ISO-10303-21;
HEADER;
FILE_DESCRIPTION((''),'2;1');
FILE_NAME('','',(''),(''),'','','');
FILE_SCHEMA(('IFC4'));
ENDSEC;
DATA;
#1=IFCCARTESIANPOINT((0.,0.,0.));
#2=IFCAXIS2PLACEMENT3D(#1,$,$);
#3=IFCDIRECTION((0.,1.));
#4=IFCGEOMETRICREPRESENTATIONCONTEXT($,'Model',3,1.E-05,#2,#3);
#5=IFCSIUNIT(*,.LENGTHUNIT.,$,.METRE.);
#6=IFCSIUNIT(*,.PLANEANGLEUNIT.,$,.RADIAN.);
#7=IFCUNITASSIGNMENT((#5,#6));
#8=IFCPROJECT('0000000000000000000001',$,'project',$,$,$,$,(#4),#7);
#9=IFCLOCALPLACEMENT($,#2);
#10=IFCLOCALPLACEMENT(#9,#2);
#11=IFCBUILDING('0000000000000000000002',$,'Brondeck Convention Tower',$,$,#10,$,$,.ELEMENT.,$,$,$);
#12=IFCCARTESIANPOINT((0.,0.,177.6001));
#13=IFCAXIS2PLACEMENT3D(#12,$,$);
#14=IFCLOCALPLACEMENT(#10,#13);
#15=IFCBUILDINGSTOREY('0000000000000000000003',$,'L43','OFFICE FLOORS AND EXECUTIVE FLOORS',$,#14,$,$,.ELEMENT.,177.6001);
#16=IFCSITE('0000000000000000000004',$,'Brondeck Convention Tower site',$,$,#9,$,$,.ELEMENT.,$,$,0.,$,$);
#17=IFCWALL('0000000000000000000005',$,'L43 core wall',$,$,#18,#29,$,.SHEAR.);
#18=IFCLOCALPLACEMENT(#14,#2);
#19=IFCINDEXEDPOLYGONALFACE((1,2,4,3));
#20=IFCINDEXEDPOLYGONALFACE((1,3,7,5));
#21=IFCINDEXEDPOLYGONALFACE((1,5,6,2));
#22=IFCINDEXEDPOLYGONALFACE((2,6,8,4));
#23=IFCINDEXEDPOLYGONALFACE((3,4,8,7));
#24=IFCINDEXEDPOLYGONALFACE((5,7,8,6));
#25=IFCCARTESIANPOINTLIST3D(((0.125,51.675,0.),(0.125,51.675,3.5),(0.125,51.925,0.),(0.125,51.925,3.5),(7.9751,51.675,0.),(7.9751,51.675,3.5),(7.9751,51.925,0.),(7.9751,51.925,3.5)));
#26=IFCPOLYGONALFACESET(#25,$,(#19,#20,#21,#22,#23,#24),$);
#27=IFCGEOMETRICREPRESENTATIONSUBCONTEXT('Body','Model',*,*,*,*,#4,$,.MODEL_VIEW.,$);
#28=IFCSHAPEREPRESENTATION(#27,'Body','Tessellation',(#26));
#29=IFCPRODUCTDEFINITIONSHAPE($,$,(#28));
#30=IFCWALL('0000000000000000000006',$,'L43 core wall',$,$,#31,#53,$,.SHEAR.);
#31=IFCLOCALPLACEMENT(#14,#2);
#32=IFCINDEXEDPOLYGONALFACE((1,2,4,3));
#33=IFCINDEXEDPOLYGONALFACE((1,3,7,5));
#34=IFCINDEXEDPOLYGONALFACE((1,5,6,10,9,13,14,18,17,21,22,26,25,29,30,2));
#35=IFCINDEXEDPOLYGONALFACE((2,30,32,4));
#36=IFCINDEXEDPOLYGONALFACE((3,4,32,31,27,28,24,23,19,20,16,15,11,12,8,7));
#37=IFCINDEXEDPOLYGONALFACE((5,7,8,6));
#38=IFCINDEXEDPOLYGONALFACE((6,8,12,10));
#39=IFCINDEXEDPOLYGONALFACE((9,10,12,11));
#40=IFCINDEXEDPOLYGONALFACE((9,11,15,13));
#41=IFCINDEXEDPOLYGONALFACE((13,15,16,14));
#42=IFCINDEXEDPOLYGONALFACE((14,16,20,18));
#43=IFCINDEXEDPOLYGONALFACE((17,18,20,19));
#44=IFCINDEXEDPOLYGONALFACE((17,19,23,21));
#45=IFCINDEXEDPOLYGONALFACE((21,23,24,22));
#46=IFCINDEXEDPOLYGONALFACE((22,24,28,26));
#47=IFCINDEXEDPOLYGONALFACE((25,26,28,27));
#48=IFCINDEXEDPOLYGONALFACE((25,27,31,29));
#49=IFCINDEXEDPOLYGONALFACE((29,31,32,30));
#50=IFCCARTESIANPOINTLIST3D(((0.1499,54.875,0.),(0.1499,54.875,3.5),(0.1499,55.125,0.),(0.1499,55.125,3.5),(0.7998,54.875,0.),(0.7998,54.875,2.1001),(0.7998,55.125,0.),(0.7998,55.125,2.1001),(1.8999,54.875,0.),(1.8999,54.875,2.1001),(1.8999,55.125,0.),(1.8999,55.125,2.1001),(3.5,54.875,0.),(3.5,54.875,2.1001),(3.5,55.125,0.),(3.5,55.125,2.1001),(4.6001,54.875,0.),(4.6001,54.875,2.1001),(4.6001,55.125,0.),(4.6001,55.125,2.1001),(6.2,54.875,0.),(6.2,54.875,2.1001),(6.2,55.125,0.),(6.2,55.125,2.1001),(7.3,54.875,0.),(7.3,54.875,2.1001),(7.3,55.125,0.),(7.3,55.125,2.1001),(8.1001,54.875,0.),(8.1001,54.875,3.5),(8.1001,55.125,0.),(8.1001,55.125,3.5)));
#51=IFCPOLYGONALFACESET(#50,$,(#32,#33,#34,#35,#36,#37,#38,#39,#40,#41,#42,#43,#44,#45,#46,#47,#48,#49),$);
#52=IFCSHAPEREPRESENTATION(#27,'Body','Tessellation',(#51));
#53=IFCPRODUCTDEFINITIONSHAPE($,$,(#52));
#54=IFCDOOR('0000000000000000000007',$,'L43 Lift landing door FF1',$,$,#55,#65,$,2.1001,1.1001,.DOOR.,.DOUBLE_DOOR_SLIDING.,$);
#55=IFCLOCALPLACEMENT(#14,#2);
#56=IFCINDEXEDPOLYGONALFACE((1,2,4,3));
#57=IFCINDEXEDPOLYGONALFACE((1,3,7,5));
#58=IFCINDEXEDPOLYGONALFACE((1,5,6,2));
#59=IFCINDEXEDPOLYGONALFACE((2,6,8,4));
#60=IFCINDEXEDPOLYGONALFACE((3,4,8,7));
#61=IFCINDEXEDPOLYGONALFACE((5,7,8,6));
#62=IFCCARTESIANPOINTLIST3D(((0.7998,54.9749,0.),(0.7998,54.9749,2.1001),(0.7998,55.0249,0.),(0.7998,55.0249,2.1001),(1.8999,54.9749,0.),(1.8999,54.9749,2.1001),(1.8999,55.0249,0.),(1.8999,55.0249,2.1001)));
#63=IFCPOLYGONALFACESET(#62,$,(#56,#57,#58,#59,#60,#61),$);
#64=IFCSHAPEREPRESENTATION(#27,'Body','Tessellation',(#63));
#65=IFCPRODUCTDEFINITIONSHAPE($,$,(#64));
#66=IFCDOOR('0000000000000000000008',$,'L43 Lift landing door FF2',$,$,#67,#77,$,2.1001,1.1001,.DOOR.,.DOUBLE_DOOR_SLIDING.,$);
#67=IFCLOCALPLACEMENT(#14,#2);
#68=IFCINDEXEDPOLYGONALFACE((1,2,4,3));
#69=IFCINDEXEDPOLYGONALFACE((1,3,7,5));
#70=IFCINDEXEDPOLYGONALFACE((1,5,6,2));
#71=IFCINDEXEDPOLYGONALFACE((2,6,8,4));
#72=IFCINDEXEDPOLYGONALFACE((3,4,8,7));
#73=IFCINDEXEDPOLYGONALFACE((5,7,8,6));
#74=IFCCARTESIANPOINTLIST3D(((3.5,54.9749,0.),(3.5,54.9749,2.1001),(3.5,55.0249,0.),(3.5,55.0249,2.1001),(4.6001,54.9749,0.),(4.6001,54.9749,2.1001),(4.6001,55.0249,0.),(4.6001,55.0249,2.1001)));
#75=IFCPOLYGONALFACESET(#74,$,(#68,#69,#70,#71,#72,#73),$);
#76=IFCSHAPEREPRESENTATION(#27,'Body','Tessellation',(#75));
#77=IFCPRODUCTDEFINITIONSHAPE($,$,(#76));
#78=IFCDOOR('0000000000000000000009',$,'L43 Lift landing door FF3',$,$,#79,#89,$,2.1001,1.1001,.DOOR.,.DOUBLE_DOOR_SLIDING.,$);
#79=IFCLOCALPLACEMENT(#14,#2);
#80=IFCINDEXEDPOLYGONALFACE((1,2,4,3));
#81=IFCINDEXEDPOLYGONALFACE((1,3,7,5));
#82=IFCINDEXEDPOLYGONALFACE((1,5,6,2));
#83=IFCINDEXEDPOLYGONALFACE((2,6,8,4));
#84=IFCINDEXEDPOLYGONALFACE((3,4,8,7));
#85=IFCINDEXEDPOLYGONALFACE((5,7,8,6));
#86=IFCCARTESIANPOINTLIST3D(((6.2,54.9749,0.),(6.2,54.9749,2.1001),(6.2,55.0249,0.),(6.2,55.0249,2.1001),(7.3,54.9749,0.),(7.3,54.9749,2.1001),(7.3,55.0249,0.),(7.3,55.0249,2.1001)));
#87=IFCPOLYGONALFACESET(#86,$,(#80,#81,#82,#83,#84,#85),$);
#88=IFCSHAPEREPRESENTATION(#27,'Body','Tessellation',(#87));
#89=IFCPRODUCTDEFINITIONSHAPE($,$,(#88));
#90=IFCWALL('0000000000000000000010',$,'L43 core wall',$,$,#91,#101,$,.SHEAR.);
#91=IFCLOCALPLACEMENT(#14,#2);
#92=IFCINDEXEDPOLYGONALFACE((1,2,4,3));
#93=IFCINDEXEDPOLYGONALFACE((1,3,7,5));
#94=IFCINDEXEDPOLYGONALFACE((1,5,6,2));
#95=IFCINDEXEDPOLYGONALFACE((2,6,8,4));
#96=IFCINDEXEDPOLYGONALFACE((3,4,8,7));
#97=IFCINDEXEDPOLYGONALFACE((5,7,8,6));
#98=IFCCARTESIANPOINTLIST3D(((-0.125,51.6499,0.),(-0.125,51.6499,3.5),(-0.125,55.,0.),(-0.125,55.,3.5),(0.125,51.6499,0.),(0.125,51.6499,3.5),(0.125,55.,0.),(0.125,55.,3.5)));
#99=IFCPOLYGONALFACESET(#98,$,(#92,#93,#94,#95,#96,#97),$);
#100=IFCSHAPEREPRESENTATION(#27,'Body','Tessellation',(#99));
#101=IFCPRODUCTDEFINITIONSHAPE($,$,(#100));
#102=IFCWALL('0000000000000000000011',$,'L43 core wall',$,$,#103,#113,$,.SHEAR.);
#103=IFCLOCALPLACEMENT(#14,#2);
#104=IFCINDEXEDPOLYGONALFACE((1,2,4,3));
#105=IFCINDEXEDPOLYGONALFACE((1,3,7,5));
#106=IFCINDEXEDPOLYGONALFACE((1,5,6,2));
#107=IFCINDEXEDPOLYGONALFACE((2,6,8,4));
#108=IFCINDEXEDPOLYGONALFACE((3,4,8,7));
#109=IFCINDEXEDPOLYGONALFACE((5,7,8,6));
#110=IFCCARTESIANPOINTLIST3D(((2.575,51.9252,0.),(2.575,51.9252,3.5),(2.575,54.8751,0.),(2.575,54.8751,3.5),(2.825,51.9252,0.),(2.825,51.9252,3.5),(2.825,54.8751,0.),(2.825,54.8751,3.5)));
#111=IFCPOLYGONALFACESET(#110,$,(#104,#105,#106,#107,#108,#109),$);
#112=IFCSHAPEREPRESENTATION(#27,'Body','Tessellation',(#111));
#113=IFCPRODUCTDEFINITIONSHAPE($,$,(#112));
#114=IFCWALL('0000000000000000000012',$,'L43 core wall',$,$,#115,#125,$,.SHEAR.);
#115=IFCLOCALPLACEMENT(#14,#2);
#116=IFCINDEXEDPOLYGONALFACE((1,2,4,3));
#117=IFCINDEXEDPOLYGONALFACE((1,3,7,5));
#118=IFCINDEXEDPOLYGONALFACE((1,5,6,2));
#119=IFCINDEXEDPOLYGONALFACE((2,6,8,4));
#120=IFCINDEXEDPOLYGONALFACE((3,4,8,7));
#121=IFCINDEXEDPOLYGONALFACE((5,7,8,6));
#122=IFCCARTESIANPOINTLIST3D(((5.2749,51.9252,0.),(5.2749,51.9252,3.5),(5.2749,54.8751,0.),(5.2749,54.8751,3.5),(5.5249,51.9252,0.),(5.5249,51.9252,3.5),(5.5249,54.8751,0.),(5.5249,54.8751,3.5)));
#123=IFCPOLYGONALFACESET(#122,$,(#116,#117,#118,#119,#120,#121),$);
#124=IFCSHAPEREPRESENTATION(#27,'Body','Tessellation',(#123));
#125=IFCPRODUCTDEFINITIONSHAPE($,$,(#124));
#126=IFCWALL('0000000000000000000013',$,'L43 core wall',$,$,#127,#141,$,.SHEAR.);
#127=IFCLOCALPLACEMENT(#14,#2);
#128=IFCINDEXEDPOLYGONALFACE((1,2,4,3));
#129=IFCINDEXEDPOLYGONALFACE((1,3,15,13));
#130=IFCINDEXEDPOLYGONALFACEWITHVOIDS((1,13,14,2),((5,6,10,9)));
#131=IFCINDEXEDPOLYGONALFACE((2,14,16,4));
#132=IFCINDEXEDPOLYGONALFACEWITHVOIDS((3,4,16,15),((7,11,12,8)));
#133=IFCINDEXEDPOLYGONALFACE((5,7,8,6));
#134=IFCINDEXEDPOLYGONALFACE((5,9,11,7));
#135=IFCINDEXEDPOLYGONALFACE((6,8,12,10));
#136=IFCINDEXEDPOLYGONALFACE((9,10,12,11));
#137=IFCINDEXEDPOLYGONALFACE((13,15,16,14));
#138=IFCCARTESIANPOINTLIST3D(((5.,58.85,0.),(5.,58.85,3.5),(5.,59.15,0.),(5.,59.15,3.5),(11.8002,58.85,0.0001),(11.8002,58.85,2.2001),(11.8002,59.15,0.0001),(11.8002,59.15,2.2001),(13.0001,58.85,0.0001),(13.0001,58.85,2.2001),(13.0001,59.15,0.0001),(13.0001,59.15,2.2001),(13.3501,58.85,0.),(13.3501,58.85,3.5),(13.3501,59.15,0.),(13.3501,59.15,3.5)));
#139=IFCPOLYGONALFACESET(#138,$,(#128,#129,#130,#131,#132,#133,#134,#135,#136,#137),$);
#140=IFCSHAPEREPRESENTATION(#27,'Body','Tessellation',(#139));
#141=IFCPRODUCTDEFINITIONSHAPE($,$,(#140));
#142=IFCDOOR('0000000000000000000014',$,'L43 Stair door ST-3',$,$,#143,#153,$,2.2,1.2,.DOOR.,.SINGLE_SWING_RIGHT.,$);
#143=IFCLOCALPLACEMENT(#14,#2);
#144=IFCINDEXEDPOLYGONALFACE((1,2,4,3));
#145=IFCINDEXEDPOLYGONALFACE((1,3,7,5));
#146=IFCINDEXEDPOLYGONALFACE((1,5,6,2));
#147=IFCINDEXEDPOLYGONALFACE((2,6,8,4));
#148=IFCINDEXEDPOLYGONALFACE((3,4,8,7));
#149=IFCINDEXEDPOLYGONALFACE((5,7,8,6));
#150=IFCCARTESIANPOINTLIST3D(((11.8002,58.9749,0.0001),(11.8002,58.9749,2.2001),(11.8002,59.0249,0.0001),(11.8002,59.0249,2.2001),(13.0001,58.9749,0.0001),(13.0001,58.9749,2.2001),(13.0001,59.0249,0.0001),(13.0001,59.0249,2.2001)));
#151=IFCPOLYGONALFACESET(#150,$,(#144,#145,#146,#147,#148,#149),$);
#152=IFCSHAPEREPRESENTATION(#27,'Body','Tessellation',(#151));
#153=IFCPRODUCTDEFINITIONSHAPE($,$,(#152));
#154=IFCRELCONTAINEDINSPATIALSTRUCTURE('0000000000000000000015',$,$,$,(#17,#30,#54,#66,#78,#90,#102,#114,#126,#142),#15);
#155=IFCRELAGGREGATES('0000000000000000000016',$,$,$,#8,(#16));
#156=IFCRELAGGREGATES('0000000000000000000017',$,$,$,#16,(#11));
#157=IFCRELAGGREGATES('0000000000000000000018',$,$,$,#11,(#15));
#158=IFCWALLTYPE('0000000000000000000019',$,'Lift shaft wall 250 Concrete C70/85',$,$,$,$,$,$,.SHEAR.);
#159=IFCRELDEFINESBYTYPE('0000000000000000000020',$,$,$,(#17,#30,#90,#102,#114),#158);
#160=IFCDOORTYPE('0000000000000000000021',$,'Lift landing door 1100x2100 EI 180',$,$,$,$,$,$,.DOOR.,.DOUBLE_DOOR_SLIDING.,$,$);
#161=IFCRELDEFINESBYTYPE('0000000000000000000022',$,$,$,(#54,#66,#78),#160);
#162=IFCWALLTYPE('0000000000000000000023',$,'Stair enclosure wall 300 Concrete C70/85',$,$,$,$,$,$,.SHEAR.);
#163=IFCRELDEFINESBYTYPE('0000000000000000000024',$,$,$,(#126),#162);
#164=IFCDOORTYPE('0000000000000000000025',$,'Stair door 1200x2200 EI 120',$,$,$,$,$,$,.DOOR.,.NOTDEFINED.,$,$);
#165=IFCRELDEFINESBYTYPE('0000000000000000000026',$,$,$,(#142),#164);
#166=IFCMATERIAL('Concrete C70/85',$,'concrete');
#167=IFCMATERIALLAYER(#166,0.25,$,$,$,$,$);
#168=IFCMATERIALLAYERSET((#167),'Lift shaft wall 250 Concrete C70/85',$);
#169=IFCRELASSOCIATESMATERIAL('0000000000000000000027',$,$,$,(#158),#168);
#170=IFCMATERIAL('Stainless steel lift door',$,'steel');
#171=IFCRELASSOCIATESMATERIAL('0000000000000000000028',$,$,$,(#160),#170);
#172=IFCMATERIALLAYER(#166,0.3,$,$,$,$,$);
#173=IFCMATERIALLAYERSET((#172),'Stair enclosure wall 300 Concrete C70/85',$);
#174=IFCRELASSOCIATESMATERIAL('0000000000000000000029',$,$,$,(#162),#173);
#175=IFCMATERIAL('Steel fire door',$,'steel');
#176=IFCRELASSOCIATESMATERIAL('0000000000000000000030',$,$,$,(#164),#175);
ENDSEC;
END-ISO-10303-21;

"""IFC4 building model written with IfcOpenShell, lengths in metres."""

from ifc_helpers import new_model, si_unit, direction, frame, frame_2d, origin, place, context, subcontext, project, spatial, rectangle, extrude, material, layer, layer_set, type_object, element, fill, save


model = new_model("IFC4")

# Units and contexts
model_context = context("Model", 3, precision=1e-05, world=origin(), true_north=direction((0.0, 1.0)))
body_context = subcontext(model_context, "Body", "Model", "MODEL_VIEW")
ifc_project = project(units=[si_unit("LENGTHUNIT", "METRE"), si_unit("PLANEANGLEUNIT", "RADIAN")], contexts=[model_context])

# Site, building, storey
site_placement = place(None, origin())
site = spatial("IfcSite", under=ifc_project, at=site_placement, Name="Brondeck Convention Tower site", CompositionType="ELEMENT", RefElevation=0.0)
building_placement = place(site_placement, origin())
building = spatial("IfcBuilding", under=site, at=building_placement, Name="Brondeck Convention Tower", CompositionType="ELEMENT")
storey_placement = place(building_placement, frame((0.0, 0.0, 177.6001)))
storey = spatial("IfcBuildingStorey", under=building, at=storey_placement, Name="L43", Description="OFFICE FLOORS AND EXECUTIVE FLOORS", CompositionType="ELEMENT", Elevation=177.6001)

# Shared definitions
ifc_material_1 = material(Name="Concrete C70/85", Category="concrete")

# Wall
ifc_layer_1 = layer(ifc_material_1, 0.25)
ifc_layer_set_1 = layer_set([ifc_layer_1], Name="Lift shaft wall 250 Concrete C70/85")
wall_type_1 = type_object("IfcWallType", Name="Lift shaft wall 250 Concrete C70/85", PredefinedType="SHEAR", material=ifc_layer_set_1)
for number, where, z_axis, x_axis, name in (
    (1, (0.125, 51.8, 0.0), (0.0, 0.0, 1.0), (1.0, 0.0, 0.0), "L43 core wall"),
):
    element("IfcWall", number, at=place(storey_placement, frame(where, z_axis=z_axis, x_axis=x_axis)), inside=storey, type_object=wall_type_1, Name=name, PredefinedType="SHEAR", context=body_context, shape_type="SweptSolid", body=[
        extrude(rectangle(XDim=7.8501, YDim=0.25, at=frame_2d((3.925, 0.0))), origin(), (0.0, 0.0, 1.0), 3.5),
    ])

# Wall, openings, doors
wall_1_placement = place(storey_placement, frame((0.1499, 55.0, 0.0), z_axis=(0.0, 0.0, 1.0), x_axis=(1.0, 0.0, 0.0)))
wall_1 = element("IfcWall", 2, at=wall_1_placement, inside=storey, type_object=wall_type_1, Name="L43 core wall", PredefinedType="SHEAR", context=body_context, shape_type="SweptSolid", body=[
    extrude(rectangle(XDim=7.9502, YDim=0.25, at=frame_2d((3.9751, 0.0))), origin(), (0.0, 0.0, 1.0), 3.5),
])
opening_1_placement = place(wall_1_placement, frame((0.6499, 0.0, 0.0)))
opening_1 = element("IfcOpeningElement", 3, at=opening_1_placement, cuts=wall_1, PredefinedType="OPENING", context=body_context, shape_type="SweptSolid", body=[
    extrude(rectangle(XDim=1.1001, YDim=2.1001, at=frame_2d((0.55, 1.05))), frame((0.0, 0.135, 0.0), z_axis=(0.0, -1.0, 0.0), x_axis=(1.0, 0.0, 0.0)), (0.0, 0.0, 1.0), 0.27),
])
opening_2_placement = place(wall_1_placement, frame((3.3501, 0.0, 0.0)))
opening_2 = element("IfcOpeningElement", 4, at=opening_2_placement, cuts=wall_1, PredefinedType="OPENING", context=body_context, shape_type="SweptSolid", body=[
    extrude(rectangle(XDim=1.1001, YDim=2.1001, at=frame_2d((0.55, 1.05))), frame((0.0, 0.135, 0.0), z_axis=(0.0, -1.0, 0.0), x_axis=(1.0, 0.0, 0.0)), (0.0, 0.0, 1.0), 0.27),
])
opening_3_placement = place(wall_1_placement, frame((6.05, 0.0, 0.0)))
opening_3 = element("IfcOpeningElement", 5, at=opening_3_placement, cuts=wall_1, PredefinedType="OPENING", context=body_context, shape_type="SweptSolid", body=[
    extrude(rectangle(XDim=1.1001, YDim=2.1001, at=frame_2d((0.55, 1.05))), frame((0.0, 0.135, 0.0), z_axis=(0.0, -1.0, 0.0), x_axis=(1.0, 0.0, 0.0)), (0.0, 0.0, 1.0), 0.27),
])
ifc_material_2 = material(Name="Stainless steel lift door", Category="steel")
door_type_1 = type_object("IfcDoorType", Name="Lift landing door 1100x2100 EI 180", OperationType="DOUBLE_DOOR_SLIDING", PredefinedType="DOOR", material=ifc_material_2)
door_1_placement = place(opening_1_placement, origin())
door_1 = element("IfcDoor", 6, at=door_1_placement, inside=storey, type_object=door_type_1, Name="L43 Lift landing door FF1", OperationType="DOUBLE_DOOR_SLIDING", OverallHeight=2.1001, OverallWidth=1.1001, PredefinedType="DOOR", context=body_context, shape_type="SweptSolid", body=[
    extrude(rectangle(XDim=1.1001, YDim=2.1001, at=frame_2d((0.55, 1.05))), frame((0.0, 0.0249, 0.0), z_axis=(0.0, -1.0, 0.0), x_axis=(1.0, 0.0, 0.0)), (0.0, 0.0, 1.0), 0.05),
])
fill(opening_1, door_1)
door_2_placement = place(opening_2_placement, origin())
door_2 = element("IfcDoor", 7, at=door_2_placement, inside=storey, type_object=door_type_1, Name="L43 Lift landing door FF2", OperationType="DOUBLE_DOOR_SLIDING", OverallHeight=2.1001, OverallWidth=1.1001, PredefinedType="DOOR", context=body_context, shape_type="SweptSolid", body=[
    extrude(rectangle(XDim=1.1001, YDim=2.1001, at=frame_2d((0.55, 1.05))), frame((0.0, 0.0249, 0.0), z_axis=(0.0, -1.0, 0.0), x_axis=(1.0, 0.0, 0.0)), (0.0, 0.0, 1.0), 0.05),
])
fill(opening_2, door_2)
door_3_placement = place(opening_3_placement, origin())
door_3 = element("IfcDoor", 8, at=door_3_placement, inside=storey, type_object=door_type_1, Name="L43 Lift landing door FF3", OperationType="DOUBLE_DOOR_SLIDING", OverallHeight=2.1001, OverallWidth=1.1001, PredefinedType="DOOR", context=body_context, shape_type="SweptSolid", body=[
    extrude(rectangle(XDim=1.1001, YDim=2.1001, at=frame_2d((0.55, 1.05))), frame((0.0, 0.0249, 0.0), z_axis=(0.0, -1.0, 0.0), x_axis=(1.0, 0.0, 0.0)), (0.0, 0.0, 1.0), 0.05),
])
fill(opening_3, door_3)

# Walls
wall_2_placement = place(storey_placement, frame((0.0, 51.6499, 0.0), z_axis=(0.0, 0.0, 1.0), x_axis=(0.0, 1.0, 0.0)))
element("IfcWall", 9, at=wall_2_placement, inside=storey, type_object=wall_type_1, Name="L43 core wall", PredefinedType="SHEAR", context=body_context, shape_type="SweptSolid", body=[
    extrude(rectangle(XDim=3.3501, YDim=0.25, at=frame_2d((1.675, 0.0))), origin(), (0.0, 0.0, 1.0), 3.5),
])
for number, where, z_axis, x_axis, name in (
    (10, (2.7, 51.925, 0.0), (0.0, 0.0, 1.0), (0.0, 1.0, 0.0), "L43 core wall"),
    (11, (5.3999, 51.925, 0.0), (0.0, 0.0, 1.0), (0.0, 1.0, 0.0), "L43 core wall"),
):
    element("IfcWall", number, at=place(storey_placement, frame(where, z_axis=z_axis, x_axis=x_axis)), inside=storey, type_object=wall_type_1, Name=name, PredefinedType="SHEAR", context=body_context, shape_type="SweptSolid", body=[
        extrude(rectangle(XDim=2.95, YDim=0.25, at=frame_2d((1.4751, 0.0))), origin(), (0.0, 0.0, 1.0), 3.5),
    ])

# Wall, opening, door
ifc_layer_2 = layer(ifc_material_1, 0.3)
ifc_layer_set_2 = layer_set([ifc_layer_2], Name="Stair enclosure wall 300 Concrete C70/85")
wall_type_2 = type_object("IfcWallType", Name="Stair enclosure wall 300 Concrete C70/85", PredefinedType="SHEAR", material=ifc_layer_set_2)
wall_3_placement = place(storey_placement, frame((5.0, 59.0, 0.0), z_axis=(0.0, 0.0, 1.0), x_axis=(1.0, 0.0, 0.0)))
wall_3 = element("IfcWall", 12, at=wall_3_placement, inside=storey, type_object=wall_type_2, Name="L43 core wall", PredefinedType="SHEAR", context=body_context, shape_type="SweptSolid", body=[
    extrude(rectangle(XDim=8.3501, YDim=0.3, at=frame_2d((4.175, 0.0))), origin(), (0.0, 0.0, 1.0), 3.5),
])
opening_4_placement = place(wall_3_placement, frame((6.8, 0.0, 0.0)))
opening_4 = element("IfcOpeningElement", 13, at=opening_4_placement, cuts=wall_3, PredefinedType="OPENING", context=body_context, shape_type="SweptSolid", body=[
    extrude(rectangle(XDim=1.2, YDim=2.2, at=frame_2d((0.6001, 1.1001))), frame((0.0, 0.1599, 0.0), z_axis=(0.0, -1.0, 0.0), x_axis=(1.0, 0.0, 0.0)), (0.0, 0.0, 1.0), 0.3201),
])
ifc_material_3 = material(Name="Steel fire door", Category="steel")
door_type_2 = type_object("IfcDoorType", Name="Stair door 1200x2200 EI 120", OperationType="NOTDEFINED", PredefinedType="DOOR", material=ifc_material_3)
door_4_placement = place(opening_4_placement, origin())
door_4 = element("IfcDoor", 14, at=door_4_placement, inside=storey, type_object=door_type_2, Name="L43 Stair door ST-3", OperationType="SINGLE_SWING_RIGHT", OverallHeight=2.2, OverallWidth=1.2, PredefinedType="DOOR", context=body_context, shape_type="SweptSolid", body=[
    extrude(rectangle(XDim=1.2, YDim=2.2, at=frame_2d((0.6001, 1.1001))), frame((0.0, 0.0249, 0.0), z_axis=(0.0, -1.0, 0.0), x_axis=(1.0, 0.0, 0.0)), (0.0, 0.0, 1.0), 0.05),
])
fill(opening_4, door_4)

save(model, "model.ifc")
